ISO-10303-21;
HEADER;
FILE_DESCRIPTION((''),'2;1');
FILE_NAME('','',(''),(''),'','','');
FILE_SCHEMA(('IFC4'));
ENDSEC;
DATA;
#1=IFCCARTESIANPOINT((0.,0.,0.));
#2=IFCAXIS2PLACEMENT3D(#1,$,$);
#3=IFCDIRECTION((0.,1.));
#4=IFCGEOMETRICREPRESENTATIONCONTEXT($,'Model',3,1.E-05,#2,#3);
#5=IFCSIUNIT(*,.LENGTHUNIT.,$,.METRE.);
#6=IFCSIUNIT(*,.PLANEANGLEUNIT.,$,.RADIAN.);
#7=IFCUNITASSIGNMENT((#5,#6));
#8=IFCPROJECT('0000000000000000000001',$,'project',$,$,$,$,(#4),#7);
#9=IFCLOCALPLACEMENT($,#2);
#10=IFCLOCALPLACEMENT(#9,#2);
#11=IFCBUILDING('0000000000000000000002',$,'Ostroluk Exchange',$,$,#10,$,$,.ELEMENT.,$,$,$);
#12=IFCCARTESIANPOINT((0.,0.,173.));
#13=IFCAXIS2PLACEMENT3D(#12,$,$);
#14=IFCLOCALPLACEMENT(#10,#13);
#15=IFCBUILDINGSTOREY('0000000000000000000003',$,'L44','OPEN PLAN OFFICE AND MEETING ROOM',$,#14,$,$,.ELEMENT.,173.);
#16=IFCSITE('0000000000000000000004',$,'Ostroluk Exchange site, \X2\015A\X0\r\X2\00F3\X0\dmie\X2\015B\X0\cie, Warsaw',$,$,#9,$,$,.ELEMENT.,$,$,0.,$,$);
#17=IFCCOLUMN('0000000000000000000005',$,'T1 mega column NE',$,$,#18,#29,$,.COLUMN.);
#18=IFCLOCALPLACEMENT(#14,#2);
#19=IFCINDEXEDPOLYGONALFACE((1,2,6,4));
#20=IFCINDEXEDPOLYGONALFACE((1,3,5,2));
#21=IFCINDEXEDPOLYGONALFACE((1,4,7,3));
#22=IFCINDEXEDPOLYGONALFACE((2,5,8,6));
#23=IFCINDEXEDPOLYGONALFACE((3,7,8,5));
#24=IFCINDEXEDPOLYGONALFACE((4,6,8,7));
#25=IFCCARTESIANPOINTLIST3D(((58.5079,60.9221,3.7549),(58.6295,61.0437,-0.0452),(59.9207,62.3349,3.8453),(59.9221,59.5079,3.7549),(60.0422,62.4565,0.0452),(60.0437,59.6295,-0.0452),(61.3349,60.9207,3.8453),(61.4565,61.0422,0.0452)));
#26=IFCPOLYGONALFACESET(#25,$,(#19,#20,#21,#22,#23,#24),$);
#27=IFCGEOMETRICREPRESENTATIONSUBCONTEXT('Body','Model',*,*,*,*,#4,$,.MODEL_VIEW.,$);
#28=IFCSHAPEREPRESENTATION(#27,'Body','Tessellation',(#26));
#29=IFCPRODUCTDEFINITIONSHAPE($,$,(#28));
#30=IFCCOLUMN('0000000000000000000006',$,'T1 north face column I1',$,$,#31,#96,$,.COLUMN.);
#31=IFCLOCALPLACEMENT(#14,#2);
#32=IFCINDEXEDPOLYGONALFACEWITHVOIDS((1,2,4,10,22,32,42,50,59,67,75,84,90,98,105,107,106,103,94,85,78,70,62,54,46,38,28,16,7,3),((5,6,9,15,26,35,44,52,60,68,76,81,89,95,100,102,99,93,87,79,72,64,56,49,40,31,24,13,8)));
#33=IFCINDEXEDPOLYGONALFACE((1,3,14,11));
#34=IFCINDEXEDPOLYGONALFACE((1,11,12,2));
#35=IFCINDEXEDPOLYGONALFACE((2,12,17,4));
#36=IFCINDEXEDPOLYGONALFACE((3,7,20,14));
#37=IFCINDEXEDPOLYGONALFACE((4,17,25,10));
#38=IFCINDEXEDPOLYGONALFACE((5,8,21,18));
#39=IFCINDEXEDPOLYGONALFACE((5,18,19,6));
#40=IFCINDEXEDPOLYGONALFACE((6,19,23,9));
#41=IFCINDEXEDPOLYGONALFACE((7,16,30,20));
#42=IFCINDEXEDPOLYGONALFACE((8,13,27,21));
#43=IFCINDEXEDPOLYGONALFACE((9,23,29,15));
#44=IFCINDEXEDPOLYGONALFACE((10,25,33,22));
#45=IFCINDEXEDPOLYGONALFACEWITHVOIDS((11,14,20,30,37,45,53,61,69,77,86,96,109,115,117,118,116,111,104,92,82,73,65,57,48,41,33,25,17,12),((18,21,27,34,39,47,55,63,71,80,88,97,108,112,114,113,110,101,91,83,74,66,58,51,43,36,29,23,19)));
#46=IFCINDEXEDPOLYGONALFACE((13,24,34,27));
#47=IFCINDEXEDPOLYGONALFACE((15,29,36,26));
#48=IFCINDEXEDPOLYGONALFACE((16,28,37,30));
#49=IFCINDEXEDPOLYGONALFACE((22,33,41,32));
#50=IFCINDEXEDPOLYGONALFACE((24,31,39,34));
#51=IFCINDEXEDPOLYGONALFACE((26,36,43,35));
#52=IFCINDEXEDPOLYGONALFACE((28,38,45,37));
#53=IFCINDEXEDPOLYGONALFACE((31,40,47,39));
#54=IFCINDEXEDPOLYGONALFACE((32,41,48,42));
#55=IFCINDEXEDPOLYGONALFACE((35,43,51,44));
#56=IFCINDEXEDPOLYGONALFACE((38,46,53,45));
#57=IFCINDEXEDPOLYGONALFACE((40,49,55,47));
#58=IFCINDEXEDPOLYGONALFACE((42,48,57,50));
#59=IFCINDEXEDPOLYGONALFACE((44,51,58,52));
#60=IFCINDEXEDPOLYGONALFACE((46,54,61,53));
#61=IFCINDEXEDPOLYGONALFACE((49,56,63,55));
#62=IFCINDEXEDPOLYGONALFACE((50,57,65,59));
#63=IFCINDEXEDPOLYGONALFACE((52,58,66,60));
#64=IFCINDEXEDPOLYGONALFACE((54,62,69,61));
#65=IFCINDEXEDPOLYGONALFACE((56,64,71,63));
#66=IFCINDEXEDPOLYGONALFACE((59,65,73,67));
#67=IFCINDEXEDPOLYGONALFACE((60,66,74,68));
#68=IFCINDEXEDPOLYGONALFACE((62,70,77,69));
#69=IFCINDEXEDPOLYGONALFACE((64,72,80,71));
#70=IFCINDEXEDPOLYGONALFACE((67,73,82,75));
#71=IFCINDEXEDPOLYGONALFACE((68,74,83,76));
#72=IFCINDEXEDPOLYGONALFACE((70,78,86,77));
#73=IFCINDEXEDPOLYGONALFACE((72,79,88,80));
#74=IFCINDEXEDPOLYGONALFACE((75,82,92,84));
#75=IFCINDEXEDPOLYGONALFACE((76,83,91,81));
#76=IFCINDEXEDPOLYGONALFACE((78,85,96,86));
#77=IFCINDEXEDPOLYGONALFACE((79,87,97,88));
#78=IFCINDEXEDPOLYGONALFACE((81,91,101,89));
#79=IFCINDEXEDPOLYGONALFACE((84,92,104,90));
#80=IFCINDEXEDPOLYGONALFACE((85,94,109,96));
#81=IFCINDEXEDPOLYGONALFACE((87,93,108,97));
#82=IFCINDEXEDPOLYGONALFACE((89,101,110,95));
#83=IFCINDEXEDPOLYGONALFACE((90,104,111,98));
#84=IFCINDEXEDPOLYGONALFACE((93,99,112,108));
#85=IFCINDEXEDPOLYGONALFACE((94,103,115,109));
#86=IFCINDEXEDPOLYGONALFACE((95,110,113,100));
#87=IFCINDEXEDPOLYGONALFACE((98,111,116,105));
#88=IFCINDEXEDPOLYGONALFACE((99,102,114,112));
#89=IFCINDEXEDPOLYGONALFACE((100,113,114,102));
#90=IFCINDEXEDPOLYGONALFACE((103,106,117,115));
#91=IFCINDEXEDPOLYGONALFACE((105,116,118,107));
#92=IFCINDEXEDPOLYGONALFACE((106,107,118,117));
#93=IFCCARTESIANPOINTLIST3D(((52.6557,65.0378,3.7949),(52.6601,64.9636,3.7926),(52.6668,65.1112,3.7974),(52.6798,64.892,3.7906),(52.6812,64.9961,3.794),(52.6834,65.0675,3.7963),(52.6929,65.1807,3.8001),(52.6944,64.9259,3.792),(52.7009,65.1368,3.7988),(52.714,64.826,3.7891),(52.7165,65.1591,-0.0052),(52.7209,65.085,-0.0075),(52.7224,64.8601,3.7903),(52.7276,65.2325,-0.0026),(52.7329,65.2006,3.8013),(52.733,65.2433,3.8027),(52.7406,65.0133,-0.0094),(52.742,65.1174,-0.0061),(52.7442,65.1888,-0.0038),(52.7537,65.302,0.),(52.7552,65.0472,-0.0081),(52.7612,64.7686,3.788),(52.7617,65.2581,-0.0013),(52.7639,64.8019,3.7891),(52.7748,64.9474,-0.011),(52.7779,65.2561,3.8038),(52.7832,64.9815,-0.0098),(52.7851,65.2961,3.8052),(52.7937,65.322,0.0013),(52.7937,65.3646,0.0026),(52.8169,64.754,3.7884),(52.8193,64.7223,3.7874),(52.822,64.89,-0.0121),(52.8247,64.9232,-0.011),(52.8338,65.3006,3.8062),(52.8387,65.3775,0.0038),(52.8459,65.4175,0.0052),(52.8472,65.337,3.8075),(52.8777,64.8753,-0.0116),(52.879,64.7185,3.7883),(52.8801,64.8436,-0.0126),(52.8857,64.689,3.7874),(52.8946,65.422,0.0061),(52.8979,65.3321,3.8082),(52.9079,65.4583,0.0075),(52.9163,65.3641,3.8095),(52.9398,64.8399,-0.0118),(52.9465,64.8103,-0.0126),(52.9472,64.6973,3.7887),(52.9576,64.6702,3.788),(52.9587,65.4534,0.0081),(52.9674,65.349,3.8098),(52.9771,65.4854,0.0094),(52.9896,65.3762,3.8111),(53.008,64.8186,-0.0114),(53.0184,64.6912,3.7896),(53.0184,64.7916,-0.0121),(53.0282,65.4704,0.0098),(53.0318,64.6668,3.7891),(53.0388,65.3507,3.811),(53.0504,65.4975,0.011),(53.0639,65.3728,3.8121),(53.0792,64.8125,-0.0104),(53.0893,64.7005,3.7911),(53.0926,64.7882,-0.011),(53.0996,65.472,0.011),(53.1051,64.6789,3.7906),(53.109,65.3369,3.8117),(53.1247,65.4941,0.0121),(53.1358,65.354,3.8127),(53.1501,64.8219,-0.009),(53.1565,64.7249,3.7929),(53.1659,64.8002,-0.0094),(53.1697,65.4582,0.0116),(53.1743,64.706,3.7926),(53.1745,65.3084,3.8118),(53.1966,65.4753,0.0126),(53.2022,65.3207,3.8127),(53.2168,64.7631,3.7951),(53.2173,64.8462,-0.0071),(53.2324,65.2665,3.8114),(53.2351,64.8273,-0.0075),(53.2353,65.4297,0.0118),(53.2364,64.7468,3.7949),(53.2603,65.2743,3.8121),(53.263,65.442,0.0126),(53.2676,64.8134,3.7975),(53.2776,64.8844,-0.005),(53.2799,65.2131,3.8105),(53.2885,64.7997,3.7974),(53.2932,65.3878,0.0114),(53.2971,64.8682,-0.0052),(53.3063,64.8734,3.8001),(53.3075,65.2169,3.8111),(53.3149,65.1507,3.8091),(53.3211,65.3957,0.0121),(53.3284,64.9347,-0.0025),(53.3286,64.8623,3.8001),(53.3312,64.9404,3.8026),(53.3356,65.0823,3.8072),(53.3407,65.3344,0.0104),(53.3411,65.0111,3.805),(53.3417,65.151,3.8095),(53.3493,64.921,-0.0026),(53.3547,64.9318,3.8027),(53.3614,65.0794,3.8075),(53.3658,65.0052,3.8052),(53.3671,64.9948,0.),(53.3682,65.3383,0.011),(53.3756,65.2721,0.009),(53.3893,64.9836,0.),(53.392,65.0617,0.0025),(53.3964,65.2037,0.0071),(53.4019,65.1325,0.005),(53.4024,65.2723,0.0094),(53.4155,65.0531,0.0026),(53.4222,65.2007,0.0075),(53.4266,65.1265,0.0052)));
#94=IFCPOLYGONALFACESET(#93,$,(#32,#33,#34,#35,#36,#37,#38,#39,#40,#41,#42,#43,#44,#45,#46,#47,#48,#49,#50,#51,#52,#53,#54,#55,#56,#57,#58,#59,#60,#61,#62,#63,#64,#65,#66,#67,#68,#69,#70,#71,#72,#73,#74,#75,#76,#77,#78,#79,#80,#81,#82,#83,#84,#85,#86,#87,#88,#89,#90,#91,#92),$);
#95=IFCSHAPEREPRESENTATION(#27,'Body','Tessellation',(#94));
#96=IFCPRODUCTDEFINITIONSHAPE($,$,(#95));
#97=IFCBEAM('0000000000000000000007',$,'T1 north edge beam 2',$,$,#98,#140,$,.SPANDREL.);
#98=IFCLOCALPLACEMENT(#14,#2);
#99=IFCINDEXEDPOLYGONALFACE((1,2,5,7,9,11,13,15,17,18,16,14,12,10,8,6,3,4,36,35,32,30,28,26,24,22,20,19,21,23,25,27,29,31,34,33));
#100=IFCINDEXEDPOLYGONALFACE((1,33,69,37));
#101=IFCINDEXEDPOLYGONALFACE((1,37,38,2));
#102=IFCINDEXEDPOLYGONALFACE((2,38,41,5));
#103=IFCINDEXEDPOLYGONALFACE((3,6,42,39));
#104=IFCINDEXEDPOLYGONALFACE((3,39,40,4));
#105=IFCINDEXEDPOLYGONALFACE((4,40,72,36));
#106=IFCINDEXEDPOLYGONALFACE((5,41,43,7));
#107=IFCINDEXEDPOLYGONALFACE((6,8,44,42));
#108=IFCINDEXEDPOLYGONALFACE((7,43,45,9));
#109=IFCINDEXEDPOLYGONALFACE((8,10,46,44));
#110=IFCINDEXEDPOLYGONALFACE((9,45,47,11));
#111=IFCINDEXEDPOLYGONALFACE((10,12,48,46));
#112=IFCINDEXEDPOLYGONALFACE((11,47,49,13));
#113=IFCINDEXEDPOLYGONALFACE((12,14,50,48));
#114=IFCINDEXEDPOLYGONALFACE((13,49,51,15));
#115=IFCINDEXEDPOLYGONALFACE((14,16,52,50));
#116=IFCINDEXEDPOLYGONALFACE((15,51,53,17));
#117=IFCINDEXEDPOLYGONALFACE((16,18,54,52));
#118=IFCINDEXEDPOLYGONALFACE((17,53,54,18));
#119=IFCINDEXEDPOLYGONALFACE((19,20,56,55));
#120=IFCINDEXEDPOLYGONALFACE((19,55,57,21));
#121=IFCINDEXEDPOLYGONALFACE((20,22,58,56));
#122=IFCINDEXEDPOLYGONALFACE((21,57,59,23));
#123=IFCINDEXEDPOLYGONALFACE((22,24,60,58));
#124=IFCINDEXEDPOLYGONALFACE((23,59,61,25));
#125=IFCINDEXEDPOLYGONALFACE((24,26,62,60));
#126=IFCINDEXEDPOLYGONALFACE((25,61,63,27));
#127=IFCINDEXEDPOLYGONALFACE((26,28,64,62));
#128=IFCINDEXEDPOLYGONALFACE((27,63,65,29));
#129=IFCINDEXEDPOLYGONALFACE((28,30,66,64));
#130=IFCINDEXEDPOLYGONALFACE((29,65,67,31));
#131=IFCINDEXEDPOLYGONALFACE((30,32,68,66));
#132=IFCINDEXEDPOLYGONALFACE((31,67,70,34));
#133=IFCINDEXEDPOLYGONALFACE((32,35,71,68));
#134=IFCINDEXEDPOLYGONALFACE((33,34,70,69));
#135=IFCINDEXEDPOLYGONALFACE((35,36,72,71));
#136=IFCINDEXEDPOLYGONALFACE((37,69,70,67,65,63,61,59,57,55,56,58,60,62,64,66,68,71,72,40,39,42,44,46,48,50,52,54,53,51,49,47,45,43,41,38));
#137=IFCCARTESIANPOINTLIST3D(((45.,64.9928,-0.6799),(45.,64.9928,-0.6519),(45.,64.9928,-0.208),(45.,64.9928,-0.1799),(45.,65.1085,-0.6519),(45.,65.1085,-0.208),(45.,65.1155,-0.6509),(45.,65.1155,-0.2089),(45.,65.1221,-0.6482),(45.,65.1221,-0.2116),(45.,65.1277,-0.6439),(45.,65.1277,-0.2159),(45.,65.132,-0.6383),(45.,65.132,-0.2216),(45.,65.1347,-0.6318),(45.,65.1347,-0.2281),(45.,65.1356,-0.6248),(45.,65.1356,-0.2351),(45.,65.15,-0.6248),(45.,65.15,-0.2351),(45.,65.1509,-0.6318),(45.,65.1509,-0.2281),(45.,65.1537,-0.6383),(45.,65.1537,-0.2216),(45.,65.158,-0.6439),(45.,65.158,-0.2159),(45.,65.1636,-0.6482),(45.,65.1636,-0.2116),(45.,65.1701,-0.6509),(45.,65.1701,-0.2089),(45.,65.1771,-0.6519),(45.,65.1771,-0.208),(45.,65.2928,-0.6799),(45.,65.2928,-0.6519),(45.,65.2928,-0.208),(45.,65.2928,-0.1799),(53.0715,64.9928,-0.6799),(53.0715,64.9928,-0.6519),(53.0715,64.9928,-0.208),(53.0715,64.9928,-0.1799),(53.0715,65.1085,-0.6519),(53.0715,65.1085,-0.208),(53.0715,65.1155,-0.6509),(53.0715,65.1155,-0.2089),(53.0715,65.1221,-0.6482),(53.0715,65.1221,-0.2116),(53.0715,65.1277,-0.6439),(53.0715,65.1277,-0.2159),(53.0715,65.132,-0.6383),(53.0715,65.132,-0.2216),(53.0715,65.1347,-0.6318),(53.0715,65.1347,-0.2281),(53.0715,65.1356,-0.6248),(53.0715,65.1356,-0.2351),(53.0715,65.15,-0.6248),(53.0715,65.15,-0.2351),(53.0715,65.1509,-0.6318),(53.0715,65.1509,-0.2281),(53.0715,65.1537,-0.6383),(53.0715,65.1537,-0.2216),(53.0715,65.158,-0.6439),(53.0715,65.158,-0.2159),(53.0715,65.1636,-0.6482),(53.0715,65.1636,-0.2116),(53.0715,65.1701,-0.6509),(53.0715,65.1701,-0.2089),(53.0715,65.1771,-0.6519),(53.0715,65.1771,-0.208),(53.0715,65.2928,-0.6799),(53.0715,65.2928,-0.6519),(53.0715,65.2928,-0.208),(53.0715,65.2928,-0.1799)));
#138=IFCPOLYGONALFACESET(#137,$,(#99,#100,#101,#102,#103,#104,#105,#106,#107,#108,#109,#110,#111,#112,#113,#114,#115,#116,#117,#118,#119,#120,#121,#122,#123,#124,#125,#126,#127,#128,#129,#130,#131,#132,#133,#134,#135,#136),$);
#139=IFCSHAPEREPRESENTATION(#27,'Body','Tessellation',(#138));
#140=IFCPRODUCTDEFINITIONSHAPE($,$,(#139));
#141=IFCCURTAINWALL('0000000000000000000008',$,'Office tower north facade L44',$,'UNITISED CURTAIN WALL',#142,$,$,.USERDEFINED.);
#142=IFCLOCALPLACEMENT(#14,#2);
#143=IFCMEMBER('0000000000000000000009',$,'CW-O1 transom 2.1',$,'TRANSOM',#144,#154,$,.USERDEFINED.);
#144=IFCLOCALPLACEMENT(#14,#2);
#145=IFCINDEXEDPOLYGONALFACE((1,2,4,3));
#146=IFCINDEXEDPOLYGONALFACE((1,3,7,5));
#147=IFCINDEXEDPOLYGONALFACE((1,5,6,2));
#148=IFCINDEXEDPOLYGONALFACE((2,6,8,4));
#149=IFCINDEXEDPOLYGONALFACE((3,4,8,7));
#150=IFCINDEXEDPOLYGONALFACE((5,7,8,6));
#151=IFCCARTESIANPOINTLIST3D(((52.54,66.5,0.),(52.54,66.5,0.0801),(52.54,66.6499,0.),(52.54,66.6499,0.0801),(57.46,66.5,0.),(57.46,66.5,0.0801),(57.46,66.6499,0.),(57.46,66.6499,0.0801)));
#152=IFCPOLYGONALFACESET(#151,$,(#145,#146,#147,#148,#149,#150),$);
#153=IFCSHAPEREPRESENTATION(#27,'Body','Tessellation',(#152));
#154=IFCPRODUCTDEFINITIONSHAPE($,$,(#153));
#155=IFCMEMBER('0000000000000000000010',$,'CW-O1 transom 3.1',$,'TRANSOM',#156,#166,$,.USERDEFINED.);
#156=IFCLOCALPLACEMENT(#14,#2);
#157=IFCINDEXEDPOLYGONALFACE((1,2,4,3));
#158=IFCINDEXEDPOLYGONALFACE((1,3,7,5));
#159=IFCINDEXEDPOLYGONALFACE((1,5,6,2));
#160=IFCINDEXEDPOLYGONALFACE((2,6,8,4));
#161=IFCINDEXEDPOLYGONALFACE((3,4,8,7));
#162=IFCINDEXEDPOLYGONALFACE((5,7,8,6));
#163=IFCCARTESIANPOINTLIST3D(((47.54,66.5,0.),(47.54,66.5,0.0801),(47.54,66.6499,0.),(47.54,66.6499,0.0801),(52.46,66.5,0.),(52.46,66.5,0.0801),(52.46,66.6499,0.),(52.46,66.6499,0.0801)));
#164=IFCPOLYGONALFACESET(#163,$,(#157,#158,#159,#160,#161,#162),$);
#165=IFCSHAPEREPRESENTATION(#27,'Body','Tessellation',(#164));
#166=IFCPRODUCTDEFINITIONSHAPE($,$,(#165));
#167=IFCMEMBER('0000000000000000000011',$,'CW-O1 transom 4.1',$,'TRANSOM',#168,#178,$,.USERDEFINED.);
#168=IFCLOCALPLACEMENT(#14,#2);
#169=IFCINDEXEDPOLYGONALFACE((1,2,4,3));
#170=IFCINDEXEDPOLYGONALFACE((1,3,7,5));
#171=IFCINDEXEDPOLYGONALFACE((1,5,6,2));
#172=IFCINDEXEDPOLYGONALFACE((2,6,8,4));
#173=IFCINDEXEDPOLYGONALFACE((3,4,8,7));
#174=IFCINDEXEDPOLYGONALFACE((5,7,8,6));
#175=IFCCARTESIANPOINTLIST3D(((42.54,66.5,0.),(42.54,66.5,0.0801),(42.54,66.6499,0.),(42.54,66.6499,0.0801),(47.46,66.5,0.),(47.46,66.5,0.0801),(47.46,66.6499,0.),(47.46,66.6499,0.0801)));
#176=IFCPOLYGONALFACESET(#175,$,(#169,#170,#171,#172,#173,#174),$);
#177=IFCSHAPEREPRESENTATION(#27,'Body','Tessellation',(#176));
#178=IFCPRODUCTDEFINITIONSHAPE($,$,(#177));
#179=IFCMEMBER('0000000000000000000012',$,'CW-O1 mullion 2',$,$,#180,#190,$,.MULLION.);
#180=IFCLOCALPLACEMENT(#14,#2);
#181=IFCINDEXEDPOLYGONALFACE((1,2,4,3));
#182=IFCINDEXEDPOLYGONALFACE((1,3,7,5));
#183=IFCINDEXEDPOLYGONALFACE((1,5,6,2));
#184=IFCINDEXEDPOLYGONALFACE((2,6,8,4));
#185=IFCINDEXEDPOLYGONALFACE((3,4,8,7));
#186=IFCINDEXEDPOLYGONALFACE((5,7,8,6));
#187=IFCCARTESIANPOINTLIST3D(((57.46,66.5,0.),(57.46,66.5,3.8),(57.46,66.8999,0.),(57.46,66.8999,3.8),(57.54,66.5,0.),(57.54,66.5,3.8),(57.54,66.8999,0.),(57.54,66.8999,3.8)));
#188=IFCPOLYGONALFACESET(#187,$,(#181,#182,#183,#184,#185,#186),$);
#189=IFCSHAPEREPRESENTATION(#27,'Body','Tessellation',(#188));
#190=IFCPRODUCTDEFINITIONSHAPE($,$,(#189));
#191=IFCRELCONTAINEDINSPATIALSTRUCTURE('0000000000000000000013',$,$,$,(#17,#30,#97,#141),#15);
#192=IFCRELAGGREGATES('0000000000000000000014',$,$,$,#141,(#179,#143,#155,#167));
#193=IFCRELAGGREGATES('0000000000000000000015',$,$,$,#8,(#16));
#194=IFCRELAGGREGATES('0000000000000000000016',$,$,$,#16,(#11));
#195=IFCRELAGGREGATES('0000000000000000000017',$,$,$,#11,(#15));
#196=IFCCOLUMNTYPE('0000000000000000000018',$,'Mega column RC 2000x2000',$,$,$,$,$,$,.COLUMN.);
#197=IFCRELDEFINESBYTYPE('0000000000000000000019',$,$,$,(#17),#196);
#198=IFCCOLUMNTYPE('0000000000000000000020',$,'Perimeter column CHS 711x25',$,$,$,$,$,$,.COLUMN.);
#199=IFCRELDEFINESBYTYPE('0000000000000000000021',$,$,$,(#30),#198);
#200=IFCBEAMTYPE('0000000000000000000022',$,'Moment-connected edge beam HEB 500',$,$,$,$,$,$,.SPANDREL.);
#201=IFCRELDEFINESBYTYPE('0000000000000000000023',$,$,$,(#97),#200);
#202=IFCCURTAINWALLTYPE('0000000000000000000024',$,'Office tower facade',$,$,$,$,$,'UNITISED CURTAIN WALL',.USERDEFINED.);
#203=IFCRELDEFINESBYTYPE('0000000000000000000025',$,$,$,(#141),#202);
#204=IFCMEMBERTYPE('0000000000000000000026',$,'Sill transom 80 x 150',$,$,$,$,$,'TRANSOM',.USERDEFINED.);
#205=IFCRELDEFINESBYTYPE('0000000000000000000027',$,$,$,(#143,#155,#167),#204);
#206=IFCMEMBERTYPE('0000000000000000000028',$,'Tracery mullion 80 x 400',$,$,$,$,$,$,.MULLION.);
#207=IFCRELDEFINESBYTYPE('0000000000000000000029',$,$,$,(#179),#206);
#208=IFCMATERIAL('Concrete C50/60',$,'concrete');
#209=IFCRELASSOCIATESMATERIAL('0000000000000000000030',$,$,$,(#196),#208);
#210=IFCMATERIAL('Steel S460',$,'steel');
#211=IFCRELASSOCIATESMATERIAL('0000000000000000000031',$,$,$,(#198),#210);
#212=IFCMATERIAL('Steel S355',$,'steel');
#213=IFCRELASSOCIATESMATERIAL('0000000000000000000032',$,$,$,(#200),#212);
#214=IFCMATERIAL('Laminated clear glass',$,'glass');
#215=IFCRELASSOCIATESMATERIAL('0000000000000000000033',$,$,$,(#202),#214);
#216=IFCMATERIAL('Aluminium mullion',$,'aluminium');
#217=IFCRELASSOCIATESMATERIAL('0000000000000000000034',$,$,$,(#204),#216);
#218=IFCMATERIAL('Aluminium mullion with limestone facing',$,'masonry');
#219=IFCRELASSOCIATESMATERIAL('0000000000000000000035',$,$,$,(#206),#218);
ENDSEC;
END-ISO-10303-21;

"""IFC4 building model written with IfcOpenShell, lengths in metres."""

from ifc_helpers import new_model, si_unit, direction, frame, origin, origin_2d, place, context, subcontext, project, spatial, rectangle, hollow_circle, i_section, extrude, material, material_profile, profile_set, type_object, element, aggregate, save


model = new_model("IFC4")

# Units and contexts
model_context = context("Model", 3, precision=1e-05, world=origin(), true_north=direction((0.0, 1.0)))
body_context = subcontext(model_context, "Body", "Model", "MODEL_VIEW")
ifc_project = project(units=[si_unit("LENGTHUNIT", "METRE"), si_unit("PLANEANGLEUNIT", "RADIAN")], contexts=[model_context])

# Site, building, storey
site_placement = place(None, origin())
site = spatial("IfcSite", under=ifc_project, at=site_placement, Name="Ostroluk Exchange site, Śródmieście, Warsaw", CompositionType="ELEMENT", RefElevation=0.0)
building_placement = place(site_placement, origin())
building = spatial("IfcBuilding", under=site, at=building_placement, Name="Ostroluk Exchange", CompositionType="ELEMENT")
storey_placement = place(building_placement, frame((0.0, 0.0, 173.0)))
storey = spatial("IfcBuildingStorey", under=building, at=storey_placement, Name="L44", Description="OPEN PLAN OFFICE AND MEETING ROOM", CompositionType="ELEMENT", Elevation=173.0)

# Columns
ifc_material_1 = material(Name="Concrete C50/60", Category="concrete")
ifc_material_profile_1 = material_profile(ifc_material_1, rectangle(XDim=2.0, YDim=2.0, at=origin_2d()), Name="RC 2000x2000")
ifc_profile_set_1 = profile_set([ifc_material_profile_1], Name="Concrete C50/60")
column_type_1 = type_object("IfcColumnType", Name="Mega column RC 2000x2000", PredefinedType="COLUMN", material=ifc_profile_set_1)
column_1_placement = place(storey_placement, frame((60.043, 61.043, 0.0), z_axis=(-0.031962, -0.031962, 0.998978), x_axis=(0.707107, -0.707107, 0.0)))
element("IfcColumn", 1, at=column_1_placement, inside=storey, type_object=column_type_1, Name="T1 mega column NE", PredefinedType="COLUMN", context=body_context, shape_type="SweptSolid", body=[
    extrude(rectangle(XDim=2.0, YDim=2.0, at=origin_2d()), origin(), (0.0, 0.0, 1.0), 3.804),
])
ifc_material_2 = material(Name="Steel S460", Category="steel")
ifc_material_profile_2 = material_profile(ifc_material_2, hollow_circle(Radius=0.3555, WallThickness=0.0249, at=origin_2d()), Name="CHS 711x25")
ifc_profile_set_2 = profile_set([ifc_material_profile_2], Name="Steel S460")
column_type_2 = type_object("IfcColumnType", Name="Perimeter column CHS 711x25", PredefinedType="COLUMN", material=ifc_profile_set_2)
column_2_placement = place(storey_placement, frame((53.0715, 65.1428, 0.0), z_axis=(-0.015987, -0.03191, 0.999363), x_axis=(0.894067, -0.447933, 0.0)))
element("IfcColumn", 2, at=column_2_placement, inside=storey, type_object=column_type_2, Name="T1 north face column I1", PredefinedType="COLUMN", context=body_context, shape_type="SweptSolid", body=[
    extrude(hollow_circle(Radius=0.3555, WallThickness=0.0249, at=origin_2d()), origin(), (0.0, 0.0, 1.0), 3.8025),
])

# Beam
ifc_material_3 = material(Name="Steel S355", Category="steel")
ifc_material_profile_3 = material_profile(ifc_material_3, i_section(OverallWidth=0.3, OverallDepth=0.5, WebThickness=0.0144, FlangeThickness=0.0281, FilletRadius=0.0271, at=origin_2d()), Name="HEB 500")
ifc_profile_set_3 = profile_set([ifc_material_profile_3], Name="Steel S355")
beam_type = type_object("IfcBeamType", Name="Moment-connected edge beam HEB 500", PredefinedType="SPANDREL", material=ifc_profile_set_3)
beam_placement = place(storey_placement, frame((53.0715, 65.1428, -0.4299), z_axis=(-1.0, 0.0, 0.0), x_axis=(0.0, -1.0, 0.0)))
element("IfcBeam", 3, at=beam_placement, inside=storey, type_object=beam_type, Name="T1 north edge beam 2", PredefinedType="SPANDREL", context=body_context, shape_type="SweptSolid", body=[
    extrude(i_section(OverallWidth=0.3, OverallDepth=0.5, WebThickness=0.0144, FlangeThickness=0.0281, FilletRadius=0.0271, at=origin_2d()), origin(), (0.0, 0.0, 1.0), 8.0715),
])

# Curtain wall, members
ifc_material_4 = material(Name="Laminated clear glass", Category="glass")
curtain_wall_type = type_object("IfcCurtainWallType", Name="Office tower facade", ElementType="UNITISED CURTAIN WALL", PredefinedType="USERDEFINED", material=ifc_material_4)
curtain_wall_placement = place(storey_placement, origin())
curtain_wall = element("IfcCurtainWall", 4, at=curtain_wall_placement, inside=storey, type_object=curtain_wall_type, Name="Office tower north facade L44", ObjectType="UNITISED CURTAIN WALL", PredefinedType="USERDEFINED")
ifc_material_5 = material(Name="Aluminium mullion", Category="aluminium")
ifc_material_profile_4 = material_profile(ifc_material_5, rectangle(XDim=0.1499, YDim=0.0801, at=origin_2d()), Name="Sill transom 80 x 150")
ifc_profile_set_4 = profile_set([ifc_material_profile_4], Name="Aluminium mullion")
member_type_1 = type_object("IfcMemberType", Name="Sill transom 80 x 150", ElementType="TRANSOM", PredefinedType="USERDEFINED", material=ifc_profile_set_4)
member_1_placement = place(storey_placement, frame((57.46, 66.575, 0.04), z_axis=(-1.0, 0.0, 0.0), x_axis=(0.0, -1.0, 0.0)))
member_1 = element("IfcMember", 5, at=member_1_placement, type_object=member_type_1, Name="CW-O1 transom 2.1", ObjectType="TRANSOM", PredefinedType="USERDEFINED", context=body_context, shape_type="SweptSolid", body=[
    extrude(rectangle(XDim=0.1499, YDim=0.0801, at=origin_2d()), origin(), (0.0, 0.0, 1.0), 4.9199),
])
member_2_placement = place(storey_placement, frame((52.46, 66.575, 0.04), z_axis=(-1.0, 0.0, 0.0), x_axis=(0.0, -1.0, 0.0)))
member_2 = element("IfcMember", 6, at=member_2_placement, type_object=member_type_1, Name="CW-O1 transom 3.1", ObjectType="TRANSOM", PredefinedType="USERDEFINED", context=body_context, shape_type="SweptSolid", body=[
    extrude(rectangle(XDim=0.1499, YDim=0.0801, at=origin_2d()), origin(), (0.0, 0.0, 1.0), 4.9199),
])
member_3_placement = place(storey_placement, frame((47.46, 66.575, 0.04), z_axis=(-1.0, 0.0, 0.0), x_axis=(0.0, -1.0, 0.0)))
member_3 = element("IfcMember", 7, at=member_3_placement, type_object=member_type_1, Name="CW-O1 transom 4.1", ObjectType="TRANSOM", PredefinedType="USERDEFINED", context=body_context, shape_type="SweptSolid", body=[
    extrude(rectangle(XDim=0.1499, YDim=0.0801, at=origin_2d()), origin(), (0.0, 0.0, 1.0), 4.9199),
])
ifc_material_6 = material(Name="Aluminium mullion with limestone facing", Category="masonry")
ifc_material_profile_5 = material_profile(ifc_material_6, rectangle(XDim=0.3999, YDim=0.0801, at=origin_2d()), Name="Tracery mullion 80 x 400")
ifc_profile_set_5 = profile_set([ifc_material_profile_5], Name="Aluminium mullion with limestone facing")
member_type_2 = type_object("IfcMemberType", Name="Tracery mullion 80 x 400", PredefinedType="MULLION", material=ifc_profile_set_5)
member_4_placement = place(storey_placement, frame((57.5, 66.7, 0.0), z_axis=(0.0, 0.0, 1.0), x_axis=(0.0, -1.0, 0.0)))
member_4 = element("IfcMember", 8, at=member_4_placement, type_object=member_type_2, Name="CW-O1 mullion 2", PredefinedType="MULLION", context=body_context, shape_type="SweptSolid", body=[
    extrude(rectangle(XDim=0.3999, YDim=0.0801, at=origin_2d()), origin(), (0.0, 0.0, 1.0), 3.8),
])
aggregate(curtain_wall, [member_4, member_1, member_2, member_3])

save(model, "model.ifc")
